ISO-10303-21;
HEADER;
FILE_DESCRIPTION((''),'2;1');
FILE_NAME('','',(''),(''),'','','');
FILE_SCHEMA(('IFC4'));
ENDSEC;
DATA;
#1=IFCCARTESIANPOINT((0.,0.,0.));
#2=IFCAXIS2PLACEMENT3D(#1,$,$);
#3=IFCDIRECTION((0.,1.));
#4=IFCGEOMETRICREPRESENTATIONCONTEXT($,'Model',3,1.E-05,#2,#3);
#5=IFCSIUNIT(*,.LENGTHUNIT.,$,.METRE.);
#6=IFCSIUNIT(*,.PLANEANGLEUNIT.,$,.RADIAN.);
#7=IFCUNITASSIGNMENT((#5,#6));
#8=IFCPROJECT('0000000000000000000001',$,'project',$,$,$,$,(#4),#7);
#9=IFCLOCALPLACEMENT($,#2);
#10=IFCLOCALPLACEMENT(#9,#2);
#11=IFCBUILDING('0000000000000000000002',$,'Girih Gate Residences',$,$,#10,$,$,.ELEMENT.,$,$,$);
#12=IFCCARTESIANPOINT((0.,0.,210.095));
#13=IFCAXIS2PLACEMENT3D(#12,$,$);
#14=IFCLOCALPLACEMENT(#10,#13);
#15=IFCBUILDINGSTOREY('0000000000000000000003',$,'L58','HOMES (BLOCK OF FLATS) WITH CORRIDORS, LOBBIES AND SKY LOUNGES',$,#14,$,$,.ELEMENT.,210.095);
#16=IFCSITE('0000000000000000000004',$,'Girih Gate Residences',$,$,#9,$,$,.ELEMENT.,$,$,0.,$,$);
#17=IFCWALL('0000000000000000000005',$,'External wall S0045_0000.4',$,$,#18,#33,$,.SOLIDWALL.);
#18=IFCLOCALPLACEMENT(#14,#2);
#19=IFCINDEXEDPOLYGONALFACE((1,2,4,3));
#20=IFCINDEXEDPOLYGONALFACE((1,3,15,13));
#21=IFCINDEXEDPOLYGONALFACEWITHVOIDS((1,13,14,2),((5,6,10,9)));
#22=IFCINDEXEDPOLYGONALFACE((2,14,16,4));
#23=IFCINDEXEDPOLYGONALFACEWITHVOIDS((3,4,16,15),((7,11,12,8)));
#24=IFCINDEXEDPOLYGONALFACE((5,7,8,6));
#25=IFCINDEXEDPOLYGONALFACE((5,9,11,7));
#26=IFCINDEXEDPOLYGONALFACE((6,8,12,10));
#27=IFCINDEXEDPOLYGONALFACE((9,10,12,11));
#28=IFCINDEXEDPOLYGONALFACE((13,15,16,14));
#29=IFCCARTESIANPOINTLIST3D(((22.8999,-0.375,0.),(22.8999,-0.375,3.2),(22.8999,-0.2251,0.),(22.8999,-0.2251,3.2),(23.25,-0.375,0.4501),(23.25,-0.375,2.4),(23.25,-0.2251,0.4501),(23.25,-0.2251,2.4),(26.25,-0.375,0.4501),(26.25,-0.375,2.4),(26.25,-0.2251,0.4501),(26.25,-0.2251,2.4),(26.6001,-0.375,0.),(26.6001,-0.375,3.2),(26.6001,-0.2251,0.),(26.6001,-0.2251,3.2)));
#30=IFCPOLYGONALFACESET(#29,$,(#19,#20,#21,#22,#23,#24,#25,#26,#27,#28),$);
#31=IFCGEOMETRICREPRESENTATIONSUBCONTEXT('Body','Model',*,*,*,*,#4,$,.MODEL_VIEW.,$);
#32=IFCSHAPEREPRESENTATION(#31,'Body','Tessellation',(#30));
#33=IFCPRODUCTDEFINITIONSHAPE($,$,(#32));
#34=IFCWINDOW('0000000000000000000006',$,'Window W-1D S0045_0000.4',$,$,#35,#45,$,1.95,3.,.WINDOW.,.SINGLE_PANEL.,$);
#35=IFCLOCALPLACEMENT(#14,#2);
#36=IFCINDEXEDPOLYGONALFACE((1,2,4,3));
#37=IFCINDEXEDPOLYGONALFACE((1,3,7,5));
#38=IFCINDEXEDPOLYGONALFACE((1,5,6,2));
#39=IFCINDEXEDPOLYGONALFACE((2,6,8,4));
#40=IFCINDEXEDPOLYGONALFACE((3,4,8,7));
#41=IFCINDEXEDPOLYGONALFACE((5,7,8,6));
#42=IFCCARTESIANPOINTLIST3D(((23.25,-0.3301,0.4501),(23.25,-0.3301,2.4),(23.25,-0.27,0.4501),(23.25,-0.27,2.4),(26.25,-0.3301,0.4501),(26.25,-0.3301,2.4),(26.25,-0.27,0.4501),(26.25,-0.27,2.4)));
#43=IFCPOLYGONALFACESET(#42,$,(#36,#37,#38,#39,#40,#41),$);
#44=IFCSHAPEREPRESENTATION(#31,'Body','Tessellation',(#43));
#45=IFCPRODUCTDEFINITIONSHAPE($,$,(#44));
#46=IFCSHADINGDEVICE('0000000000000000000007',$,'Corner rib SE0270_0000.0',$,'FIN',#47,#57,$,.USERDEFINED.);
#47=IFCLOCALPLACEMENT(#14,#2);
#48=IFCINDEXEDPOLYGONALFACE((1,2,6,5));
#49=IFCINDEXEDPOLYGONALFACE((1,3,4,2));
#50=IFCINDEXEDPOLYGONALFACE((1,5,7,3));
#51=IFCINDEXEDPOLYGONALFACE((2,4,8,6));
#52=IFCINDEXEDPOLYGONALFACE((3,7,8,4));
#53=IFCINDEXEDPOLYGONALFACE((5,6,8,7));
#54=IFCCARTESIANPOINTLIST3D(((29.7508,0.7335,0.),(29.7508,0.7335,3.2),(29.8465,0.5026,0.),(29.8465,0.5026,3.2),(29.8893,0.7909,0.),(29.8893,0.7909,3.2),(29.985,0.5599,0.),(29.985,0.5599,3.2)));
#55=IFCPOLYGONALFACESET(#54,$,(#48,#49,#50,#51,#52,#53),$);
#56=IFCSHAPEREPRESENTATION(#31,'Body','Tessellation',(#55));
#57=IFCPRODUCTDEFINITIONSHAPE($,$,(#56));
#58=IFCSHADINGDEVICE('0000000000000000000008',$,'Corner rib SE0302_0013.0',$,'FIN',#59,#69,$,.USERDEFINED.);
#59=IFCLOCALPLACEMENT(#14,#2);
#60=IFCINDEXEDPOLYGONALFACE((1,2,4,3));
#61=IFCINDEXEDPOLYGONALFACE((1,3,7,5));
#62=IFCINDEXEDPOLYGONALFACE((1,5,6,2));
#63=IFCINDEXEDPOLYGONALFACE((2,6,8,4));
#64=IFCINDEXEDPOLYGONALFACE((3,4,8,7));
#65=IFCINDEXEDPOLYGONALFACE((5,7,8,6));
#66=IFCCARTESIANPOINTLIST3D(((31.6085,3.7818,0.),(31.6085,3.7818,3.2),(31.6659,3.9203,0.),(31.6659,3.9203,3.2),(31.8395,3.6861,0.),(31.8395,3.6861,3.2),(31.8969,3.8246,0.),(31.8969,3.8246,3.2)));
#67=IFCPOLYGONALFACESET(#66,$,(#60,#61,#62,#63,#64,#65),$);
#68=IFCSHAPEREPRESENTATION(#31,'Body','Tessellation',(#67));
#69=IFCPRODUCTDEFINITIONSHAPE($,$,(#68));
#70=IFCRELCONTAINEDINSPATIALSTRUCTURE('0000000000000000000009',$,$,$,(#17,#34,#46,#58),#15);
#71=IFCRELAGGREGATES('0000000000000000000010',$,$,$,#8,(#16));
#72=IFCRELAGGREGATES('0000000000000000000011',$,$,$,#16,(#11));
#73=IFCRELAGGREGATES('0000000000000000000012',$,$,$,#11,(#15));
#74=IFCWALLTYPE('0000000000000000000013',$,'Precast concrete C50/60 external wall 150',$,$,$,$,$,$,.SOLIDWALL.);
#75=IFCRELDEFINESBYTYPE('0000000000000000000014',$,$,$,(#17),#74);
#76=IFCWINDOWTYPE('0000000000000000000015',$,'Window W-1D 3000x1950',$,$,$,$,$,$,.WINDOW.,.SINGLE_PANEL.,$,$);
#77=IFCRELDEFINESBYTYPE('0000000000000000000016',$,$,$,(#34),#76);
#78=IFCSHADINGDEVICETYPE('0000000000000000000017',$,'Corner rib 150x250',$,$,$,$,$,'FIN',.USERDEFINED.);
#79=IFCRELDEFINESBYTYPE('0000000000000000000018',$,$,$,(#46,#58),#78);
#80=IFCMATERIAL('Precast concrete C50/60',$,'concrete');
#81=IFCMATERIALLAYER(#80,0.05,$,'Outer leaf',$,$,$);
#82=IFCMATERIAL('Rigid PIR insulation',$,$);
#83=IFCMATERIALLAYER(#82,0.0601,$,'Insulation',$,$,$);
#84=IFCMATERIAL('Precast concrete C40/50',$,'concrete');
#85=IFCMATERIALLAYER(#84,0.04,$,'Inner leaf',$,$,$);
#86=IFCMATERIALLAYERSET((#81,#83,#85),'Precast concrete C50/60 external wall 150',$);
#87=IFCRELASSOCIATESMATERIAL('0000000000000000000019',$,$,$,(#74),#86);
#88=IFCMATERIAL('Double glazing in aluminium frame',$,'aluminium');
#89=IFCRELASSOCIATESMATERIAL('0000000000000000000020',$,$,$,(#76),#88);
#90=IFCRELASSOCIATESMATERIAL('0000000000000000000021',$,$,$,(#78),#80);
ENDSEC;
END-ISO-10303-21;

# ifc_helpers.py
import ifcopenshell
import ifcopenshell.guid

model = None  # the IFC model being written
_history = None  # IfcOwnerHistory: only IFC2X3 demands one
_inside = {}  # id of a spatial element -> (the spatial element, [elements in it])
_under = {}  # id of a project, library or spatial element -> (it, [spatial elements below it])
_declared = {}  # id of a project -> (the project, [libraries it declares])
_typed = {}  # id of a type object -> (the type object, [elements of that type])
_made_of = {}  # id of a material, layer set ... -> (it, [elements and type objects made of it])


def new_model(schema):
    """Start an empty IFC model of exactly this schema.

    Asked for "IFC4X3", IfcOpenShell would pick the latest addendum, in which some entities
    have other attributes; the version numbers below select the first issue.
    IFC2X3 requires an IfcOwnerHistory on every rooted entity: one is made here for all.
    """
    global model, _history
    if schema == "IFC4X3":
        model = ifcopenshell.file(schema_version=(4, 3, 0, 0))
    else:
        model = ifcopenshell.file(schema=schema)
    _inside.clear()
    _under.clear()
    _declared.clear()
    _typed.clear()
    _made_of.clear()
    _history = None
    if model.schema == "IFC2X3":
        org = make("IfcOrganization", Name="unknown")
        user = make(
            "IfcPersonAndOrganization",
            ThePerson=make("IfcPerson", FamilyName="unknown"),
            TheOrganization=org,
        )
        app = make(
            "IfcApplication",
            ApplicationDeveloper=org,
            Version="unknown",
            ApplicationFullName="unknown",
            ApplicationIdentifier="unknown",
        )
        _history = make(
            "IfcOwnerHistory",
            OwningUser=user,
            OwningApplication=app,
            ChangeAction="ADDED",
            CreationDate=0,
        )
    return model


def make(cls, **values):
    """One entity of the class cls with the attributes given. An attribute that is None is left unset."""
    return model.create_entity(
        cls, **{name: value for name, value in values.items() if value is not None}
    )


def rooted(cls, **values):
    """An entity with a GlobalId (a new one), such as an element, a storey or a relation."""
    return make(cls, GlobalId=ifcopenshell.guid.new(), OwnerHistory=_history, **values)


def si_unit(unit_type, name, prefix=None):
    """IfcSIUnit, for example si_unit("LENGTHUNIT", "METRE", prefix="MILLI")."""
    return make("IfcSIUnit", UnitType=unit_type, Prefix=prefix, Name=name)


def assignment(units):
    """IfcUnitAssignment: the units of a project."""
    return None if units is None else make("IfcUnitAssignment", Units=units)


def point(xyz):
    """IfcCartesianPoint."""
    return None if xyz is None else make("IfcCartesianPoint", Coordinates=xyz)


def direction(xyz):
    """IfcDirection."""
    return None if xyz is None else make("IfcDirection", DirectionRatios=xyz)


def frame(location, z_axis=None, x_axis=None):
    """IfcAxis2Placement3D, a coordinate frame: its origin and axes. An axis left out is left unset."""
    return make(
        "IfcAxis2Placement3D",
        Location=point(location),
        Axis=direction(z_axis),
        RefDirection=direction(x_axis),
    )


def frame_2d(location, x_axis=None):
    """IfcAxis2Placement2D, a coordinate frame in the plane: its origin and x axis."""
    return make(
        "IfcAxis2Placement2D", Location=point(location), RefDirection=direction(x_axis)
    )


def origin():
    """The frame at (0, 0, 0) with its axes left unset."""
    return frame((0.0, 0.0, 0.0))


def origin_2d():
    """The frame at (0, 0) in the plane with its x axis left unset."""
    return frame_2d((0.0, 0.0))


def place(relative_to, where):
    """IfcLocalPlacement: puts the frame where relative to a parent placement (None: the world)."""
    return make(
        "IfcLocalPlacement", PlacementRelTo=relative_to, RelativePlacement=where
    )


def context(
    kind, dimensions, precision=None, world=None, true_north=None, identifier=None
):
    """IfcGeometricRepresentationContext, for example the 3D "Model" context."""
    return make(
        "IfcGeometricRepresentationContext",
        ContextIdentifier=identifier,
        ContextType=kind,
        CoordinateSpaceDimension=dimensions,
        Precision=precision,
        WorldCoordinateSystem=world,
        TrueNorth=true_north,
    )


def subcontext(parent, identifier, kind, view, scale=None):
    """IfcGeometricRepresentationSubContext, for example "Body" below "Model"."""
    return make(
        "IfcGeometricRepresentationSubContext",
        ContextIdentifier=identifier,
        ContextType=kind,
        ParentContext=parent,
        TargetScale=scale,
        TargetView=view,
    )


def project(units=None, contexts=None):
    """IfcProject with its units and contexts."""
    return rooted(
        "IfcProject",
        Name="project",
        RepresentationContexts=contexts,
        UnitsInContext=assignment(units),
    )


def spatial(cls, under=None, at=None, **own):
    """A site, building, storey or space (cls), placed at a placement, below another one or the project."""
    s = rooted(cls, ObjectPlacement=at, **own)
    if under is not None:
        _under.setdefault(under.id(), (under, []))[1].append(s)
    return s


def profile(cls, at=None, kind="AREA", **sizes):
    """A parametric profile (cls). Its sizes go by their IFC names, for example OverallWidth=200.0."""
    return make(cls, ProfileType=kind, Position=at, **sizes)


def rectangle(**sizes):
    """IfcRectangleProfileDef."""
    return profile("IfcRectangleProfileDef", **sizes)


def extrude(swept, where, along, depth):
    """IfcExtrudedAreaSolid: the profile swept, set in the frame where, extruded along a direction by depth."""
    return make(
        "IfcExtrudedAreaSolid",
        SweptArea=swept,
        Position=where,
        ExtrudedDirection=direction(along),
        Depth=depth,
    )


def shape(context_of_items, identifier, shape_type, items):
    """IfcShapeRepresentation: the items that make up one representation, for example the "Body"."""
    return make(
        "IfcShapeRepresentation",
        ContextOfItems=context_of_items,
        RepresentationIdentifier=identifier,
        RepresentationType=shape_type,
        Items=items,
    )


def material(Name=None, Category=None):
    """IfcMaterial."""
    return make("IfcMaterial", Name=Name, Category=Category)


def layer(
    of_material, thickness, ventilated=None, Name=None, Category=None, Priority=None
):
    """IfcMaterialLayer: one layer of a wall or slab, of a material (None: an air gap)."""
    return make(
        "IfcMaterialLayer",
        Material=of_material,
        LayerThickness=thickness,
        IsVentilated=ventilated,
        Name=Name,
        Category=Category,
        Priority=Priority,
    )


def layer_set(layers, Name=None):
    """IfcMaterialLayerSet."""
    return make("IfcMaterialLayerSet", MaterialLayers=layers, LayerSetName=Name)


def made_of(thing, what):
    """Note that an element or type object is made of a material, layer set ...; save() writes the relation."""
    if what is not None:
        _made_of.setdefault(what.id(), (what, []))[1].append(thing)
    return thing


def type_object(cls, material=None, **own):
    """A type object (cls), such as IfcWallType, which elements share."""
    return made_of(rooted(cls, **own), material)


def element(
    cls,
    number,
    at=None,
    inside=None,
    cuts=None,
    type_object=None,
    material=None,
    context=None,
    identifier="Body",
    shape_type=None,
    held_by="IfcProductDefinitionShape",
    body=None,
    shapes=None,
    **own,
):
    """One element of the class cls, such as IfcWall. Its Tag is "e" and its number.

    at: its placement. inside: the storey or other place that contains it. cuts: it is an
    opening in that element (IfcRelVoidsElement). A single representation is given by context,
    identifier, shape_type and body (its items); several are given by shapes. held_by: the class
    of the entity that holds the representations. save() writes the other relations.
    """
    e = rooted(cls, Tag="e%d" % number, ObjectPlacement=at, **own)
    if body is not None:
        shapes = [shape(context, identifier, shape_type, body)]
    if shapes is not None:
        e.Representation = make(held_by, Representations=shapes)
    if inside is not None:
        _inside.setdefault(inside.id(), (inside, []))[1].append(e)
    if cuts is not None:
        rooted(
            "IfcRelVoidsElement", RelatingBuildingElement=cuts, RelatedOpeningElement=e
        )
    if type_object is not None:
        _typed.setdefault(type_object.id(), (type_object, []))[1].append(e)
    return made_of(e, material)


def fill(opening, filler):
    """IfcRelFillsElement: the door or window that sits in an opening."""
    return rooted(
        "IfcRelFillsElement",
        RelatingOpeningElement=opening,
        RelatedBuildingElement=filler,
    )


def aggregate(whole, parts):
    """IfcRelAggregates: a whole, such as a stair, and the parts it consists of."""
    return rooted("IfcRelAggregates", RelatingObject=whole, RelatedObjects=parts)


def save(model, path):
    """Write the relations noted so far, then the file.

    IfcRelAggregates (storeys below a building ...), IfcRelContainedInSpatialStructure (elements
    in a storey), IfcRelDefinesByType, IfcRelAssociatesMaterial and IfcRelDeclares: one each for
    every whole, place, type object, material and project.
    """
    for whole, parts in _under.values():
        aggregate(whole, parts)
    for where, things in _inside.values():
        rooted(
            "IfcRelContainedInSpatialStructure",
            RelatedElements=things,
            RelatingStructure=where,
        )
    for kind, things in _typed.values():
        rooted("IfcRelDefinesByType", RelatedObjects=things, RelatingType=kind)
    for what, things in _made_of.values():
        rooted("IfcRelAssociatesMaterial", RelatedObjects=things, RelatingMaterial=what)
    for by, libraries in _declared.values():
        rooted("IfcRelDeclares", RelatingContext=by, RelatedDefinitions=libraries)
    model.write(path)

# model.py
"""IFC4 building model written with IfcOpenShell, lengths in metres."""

from ifc_helpers import new_model, si_unit, direction, frame, frame_2d, origin, origin_2d, place, context, subcontext, project, spatial, rectangle, extrude, material, layer, layer_set, type_object, element, fill, save


model = new_model("IFC4")

# Units and contexts
model_context = context("Model", 3, precision=1e-05, world=origin(), true_north=direction((0.0, 1.0)))
body_context = subcontext(model_context, "Body", "Model", "MODEL_VIEW")
ifc_project = project(units=[si_unit("LENGTHUNIT", "METRE"), si_unit("PLANEANGLEUNIT", "RADIAN")], contexts=[model_context])

# Site, building, storey
site_placement = place(None, origin())
site = spatial("IfcSite", under=ifc_project, at=site_placement, Name="Girih Gate Residences", CompositionType="ELEMENT", RefElevation=0.0)
building_placement = place(site_placement, origin())
building = spatial("IfcBuilding", under=site, at=building_placement, Name="Girih Gate Residences", CompositionType="ELEMENT")
storey_placement = place(building_placement, frame((0.0, 0.0, 210.095)))
storey = spatial("IfcBuildingStorey", under=building, at=storey_placement, Name="L58", Description="HOMES (BLOCK OF FLATS) WITH CORRIDORS, LOBBIES AND SKY LOUNGES", CompositionType="ELEMENT", Elevation=210.095)

# Wall, opening, window
ifc_material_1 = material(Name="Precast concrete C50/60", Category="concrete")
ifc_layer_1 = layer(ifc_material_1, 0.05, Name="Outer leaf")
ifc_material_2 = material(Name="Rigid PIR insulation")
ifc_layer_2 = layer(ifc_material_2, 0.0601, Name="Insulation")
ifc_material_3 = material(Name="Precast concrete C40/50", Category="concrete")
ifc_layer_3 = layer(ifc_material_3, 0.04, Name="Inner leaf")
ifc_layer_set_1 = layer_set([ifc_layer_1, ifc_layer_2, ifc_layer_3], Name="Precast concrete C50/60 external wall 150")
wall_type_1 = type_object("IfcWallType", Name="Precast concrete C50/60 external wall 150", PredefinedType="SOLIDWALL", material=ifc_layer_set_1)
ifc_material_4 = material(Name="Double glazing in aluminium frame", Category="aluminium")
window_type_1 = type_object("IfcWindowType", Name="Window W-1D 3000x1950", PartitioningType="SINGLE_PANEL", PredefinedType="WINDOW", material=ifc_material_4)
wall_1_placement = place(storey_placement, frame((26.6001, -0.3, 0.0), z_axis=(0.0, 0.0, 1.0), x_axis=(-1.0, 0.0, 0.0)))
wall_1 = element("IfcWall", 1, at=wall_1_placement, inside=storey, type_object=wall_type_1, Name="External wall S0045_0000.4", PredefinedType="SOLIDWALL", context=body_context, shape_type="SweptSolid", body=[
    extrude(rectangle(XDim=3.7002, YDim=0.1499, at=frame_2d((1.8501, 0.0))), origin(), (0.0, 0.0, 1.0), 3.2),
])
opening_1_placement = place(wall_1_placement, frame((0.3501, 0.0, 0.45)))
opening_1 = element("IfcOpeningElement", 2, at=opening_1_placement, cuts=wall_1, PredefinedType="OPENING", context=body_context, shape_type="SweptSolid", body=[
    extrude(rectangle(XDim=3.0, YDim=1.95, at=frame_2d((1.5, 0.9751))), frame((0.0, 0.085, 0.0), z_axis=(0.0, -1.0, 0.0), x_axis=(1.0, 0.0, 0.0)), (0.0, 0.0, 1.0), 0.1699),
])
window_1_placement = place(opening_1_placement, origin())
window_1 = element("IfcWindow", 3, at=window_1_placement, inside=storey, type_object=window_type_1, Name="Window W-1D S0045_0000.4", OverallHeight=1.95, OverallWidth=3.0, PartitioningType="SINGLE_PANEL", PredefinedType="WINDOW", context=body_context, shape_type="SweptSolid", body=[
    extrude(rectangle(XDim=3.0, YDim=1.95, at=frame_2d((1.5, 0.9751))), frame((0.0, 0.03, 0.0), z_axis=(0.0, -1.0, 0.0), x_axis=(1.0, 0.0, 0.0)), (0.0, 0.0, 1.0), 0.0601),
])
fill(opening_1, window_1)

# Shading devices
shading_device_type = type_object("IfcShadingDeviceType", Name="Corner rib 150x250", ElementType="FIN", PredefinedType="USERDEFINED", material=ifc_material_1)
for number, where, z_axis, x_axis, name in (
    (4, (29.8679, 0.6467, 0.0), (0.0, 0.0, 1.0), (0.92388, 0.382683, 0.0), "Corner rib SE0270_0000.0"),
    (5, (31.7527, 3.8032, 0.0), (0.0, 0.0, 1.0), (0.382683, 0.92388, 0.0), "Corner rib SE0302_0013.0"),
):
    element("IfcShadingDevice", number, at=place(storey_placement, frame(where, z_axis=z_axis, x_axis=x_axis)), inside=storey, type_object=shading_device_type, Name=name, ObjectType="FIN", PredefinedType="USERDEFINED", context=body_context, shape_type="SweptSolid", body=[
        extrude(rectangle(XDim=0.1499, YDim=0.25, at=origin_2d()), origin(), (0.0, 0.0, 1.0), 3.2),
    ])

save(model, "model.ifc")
